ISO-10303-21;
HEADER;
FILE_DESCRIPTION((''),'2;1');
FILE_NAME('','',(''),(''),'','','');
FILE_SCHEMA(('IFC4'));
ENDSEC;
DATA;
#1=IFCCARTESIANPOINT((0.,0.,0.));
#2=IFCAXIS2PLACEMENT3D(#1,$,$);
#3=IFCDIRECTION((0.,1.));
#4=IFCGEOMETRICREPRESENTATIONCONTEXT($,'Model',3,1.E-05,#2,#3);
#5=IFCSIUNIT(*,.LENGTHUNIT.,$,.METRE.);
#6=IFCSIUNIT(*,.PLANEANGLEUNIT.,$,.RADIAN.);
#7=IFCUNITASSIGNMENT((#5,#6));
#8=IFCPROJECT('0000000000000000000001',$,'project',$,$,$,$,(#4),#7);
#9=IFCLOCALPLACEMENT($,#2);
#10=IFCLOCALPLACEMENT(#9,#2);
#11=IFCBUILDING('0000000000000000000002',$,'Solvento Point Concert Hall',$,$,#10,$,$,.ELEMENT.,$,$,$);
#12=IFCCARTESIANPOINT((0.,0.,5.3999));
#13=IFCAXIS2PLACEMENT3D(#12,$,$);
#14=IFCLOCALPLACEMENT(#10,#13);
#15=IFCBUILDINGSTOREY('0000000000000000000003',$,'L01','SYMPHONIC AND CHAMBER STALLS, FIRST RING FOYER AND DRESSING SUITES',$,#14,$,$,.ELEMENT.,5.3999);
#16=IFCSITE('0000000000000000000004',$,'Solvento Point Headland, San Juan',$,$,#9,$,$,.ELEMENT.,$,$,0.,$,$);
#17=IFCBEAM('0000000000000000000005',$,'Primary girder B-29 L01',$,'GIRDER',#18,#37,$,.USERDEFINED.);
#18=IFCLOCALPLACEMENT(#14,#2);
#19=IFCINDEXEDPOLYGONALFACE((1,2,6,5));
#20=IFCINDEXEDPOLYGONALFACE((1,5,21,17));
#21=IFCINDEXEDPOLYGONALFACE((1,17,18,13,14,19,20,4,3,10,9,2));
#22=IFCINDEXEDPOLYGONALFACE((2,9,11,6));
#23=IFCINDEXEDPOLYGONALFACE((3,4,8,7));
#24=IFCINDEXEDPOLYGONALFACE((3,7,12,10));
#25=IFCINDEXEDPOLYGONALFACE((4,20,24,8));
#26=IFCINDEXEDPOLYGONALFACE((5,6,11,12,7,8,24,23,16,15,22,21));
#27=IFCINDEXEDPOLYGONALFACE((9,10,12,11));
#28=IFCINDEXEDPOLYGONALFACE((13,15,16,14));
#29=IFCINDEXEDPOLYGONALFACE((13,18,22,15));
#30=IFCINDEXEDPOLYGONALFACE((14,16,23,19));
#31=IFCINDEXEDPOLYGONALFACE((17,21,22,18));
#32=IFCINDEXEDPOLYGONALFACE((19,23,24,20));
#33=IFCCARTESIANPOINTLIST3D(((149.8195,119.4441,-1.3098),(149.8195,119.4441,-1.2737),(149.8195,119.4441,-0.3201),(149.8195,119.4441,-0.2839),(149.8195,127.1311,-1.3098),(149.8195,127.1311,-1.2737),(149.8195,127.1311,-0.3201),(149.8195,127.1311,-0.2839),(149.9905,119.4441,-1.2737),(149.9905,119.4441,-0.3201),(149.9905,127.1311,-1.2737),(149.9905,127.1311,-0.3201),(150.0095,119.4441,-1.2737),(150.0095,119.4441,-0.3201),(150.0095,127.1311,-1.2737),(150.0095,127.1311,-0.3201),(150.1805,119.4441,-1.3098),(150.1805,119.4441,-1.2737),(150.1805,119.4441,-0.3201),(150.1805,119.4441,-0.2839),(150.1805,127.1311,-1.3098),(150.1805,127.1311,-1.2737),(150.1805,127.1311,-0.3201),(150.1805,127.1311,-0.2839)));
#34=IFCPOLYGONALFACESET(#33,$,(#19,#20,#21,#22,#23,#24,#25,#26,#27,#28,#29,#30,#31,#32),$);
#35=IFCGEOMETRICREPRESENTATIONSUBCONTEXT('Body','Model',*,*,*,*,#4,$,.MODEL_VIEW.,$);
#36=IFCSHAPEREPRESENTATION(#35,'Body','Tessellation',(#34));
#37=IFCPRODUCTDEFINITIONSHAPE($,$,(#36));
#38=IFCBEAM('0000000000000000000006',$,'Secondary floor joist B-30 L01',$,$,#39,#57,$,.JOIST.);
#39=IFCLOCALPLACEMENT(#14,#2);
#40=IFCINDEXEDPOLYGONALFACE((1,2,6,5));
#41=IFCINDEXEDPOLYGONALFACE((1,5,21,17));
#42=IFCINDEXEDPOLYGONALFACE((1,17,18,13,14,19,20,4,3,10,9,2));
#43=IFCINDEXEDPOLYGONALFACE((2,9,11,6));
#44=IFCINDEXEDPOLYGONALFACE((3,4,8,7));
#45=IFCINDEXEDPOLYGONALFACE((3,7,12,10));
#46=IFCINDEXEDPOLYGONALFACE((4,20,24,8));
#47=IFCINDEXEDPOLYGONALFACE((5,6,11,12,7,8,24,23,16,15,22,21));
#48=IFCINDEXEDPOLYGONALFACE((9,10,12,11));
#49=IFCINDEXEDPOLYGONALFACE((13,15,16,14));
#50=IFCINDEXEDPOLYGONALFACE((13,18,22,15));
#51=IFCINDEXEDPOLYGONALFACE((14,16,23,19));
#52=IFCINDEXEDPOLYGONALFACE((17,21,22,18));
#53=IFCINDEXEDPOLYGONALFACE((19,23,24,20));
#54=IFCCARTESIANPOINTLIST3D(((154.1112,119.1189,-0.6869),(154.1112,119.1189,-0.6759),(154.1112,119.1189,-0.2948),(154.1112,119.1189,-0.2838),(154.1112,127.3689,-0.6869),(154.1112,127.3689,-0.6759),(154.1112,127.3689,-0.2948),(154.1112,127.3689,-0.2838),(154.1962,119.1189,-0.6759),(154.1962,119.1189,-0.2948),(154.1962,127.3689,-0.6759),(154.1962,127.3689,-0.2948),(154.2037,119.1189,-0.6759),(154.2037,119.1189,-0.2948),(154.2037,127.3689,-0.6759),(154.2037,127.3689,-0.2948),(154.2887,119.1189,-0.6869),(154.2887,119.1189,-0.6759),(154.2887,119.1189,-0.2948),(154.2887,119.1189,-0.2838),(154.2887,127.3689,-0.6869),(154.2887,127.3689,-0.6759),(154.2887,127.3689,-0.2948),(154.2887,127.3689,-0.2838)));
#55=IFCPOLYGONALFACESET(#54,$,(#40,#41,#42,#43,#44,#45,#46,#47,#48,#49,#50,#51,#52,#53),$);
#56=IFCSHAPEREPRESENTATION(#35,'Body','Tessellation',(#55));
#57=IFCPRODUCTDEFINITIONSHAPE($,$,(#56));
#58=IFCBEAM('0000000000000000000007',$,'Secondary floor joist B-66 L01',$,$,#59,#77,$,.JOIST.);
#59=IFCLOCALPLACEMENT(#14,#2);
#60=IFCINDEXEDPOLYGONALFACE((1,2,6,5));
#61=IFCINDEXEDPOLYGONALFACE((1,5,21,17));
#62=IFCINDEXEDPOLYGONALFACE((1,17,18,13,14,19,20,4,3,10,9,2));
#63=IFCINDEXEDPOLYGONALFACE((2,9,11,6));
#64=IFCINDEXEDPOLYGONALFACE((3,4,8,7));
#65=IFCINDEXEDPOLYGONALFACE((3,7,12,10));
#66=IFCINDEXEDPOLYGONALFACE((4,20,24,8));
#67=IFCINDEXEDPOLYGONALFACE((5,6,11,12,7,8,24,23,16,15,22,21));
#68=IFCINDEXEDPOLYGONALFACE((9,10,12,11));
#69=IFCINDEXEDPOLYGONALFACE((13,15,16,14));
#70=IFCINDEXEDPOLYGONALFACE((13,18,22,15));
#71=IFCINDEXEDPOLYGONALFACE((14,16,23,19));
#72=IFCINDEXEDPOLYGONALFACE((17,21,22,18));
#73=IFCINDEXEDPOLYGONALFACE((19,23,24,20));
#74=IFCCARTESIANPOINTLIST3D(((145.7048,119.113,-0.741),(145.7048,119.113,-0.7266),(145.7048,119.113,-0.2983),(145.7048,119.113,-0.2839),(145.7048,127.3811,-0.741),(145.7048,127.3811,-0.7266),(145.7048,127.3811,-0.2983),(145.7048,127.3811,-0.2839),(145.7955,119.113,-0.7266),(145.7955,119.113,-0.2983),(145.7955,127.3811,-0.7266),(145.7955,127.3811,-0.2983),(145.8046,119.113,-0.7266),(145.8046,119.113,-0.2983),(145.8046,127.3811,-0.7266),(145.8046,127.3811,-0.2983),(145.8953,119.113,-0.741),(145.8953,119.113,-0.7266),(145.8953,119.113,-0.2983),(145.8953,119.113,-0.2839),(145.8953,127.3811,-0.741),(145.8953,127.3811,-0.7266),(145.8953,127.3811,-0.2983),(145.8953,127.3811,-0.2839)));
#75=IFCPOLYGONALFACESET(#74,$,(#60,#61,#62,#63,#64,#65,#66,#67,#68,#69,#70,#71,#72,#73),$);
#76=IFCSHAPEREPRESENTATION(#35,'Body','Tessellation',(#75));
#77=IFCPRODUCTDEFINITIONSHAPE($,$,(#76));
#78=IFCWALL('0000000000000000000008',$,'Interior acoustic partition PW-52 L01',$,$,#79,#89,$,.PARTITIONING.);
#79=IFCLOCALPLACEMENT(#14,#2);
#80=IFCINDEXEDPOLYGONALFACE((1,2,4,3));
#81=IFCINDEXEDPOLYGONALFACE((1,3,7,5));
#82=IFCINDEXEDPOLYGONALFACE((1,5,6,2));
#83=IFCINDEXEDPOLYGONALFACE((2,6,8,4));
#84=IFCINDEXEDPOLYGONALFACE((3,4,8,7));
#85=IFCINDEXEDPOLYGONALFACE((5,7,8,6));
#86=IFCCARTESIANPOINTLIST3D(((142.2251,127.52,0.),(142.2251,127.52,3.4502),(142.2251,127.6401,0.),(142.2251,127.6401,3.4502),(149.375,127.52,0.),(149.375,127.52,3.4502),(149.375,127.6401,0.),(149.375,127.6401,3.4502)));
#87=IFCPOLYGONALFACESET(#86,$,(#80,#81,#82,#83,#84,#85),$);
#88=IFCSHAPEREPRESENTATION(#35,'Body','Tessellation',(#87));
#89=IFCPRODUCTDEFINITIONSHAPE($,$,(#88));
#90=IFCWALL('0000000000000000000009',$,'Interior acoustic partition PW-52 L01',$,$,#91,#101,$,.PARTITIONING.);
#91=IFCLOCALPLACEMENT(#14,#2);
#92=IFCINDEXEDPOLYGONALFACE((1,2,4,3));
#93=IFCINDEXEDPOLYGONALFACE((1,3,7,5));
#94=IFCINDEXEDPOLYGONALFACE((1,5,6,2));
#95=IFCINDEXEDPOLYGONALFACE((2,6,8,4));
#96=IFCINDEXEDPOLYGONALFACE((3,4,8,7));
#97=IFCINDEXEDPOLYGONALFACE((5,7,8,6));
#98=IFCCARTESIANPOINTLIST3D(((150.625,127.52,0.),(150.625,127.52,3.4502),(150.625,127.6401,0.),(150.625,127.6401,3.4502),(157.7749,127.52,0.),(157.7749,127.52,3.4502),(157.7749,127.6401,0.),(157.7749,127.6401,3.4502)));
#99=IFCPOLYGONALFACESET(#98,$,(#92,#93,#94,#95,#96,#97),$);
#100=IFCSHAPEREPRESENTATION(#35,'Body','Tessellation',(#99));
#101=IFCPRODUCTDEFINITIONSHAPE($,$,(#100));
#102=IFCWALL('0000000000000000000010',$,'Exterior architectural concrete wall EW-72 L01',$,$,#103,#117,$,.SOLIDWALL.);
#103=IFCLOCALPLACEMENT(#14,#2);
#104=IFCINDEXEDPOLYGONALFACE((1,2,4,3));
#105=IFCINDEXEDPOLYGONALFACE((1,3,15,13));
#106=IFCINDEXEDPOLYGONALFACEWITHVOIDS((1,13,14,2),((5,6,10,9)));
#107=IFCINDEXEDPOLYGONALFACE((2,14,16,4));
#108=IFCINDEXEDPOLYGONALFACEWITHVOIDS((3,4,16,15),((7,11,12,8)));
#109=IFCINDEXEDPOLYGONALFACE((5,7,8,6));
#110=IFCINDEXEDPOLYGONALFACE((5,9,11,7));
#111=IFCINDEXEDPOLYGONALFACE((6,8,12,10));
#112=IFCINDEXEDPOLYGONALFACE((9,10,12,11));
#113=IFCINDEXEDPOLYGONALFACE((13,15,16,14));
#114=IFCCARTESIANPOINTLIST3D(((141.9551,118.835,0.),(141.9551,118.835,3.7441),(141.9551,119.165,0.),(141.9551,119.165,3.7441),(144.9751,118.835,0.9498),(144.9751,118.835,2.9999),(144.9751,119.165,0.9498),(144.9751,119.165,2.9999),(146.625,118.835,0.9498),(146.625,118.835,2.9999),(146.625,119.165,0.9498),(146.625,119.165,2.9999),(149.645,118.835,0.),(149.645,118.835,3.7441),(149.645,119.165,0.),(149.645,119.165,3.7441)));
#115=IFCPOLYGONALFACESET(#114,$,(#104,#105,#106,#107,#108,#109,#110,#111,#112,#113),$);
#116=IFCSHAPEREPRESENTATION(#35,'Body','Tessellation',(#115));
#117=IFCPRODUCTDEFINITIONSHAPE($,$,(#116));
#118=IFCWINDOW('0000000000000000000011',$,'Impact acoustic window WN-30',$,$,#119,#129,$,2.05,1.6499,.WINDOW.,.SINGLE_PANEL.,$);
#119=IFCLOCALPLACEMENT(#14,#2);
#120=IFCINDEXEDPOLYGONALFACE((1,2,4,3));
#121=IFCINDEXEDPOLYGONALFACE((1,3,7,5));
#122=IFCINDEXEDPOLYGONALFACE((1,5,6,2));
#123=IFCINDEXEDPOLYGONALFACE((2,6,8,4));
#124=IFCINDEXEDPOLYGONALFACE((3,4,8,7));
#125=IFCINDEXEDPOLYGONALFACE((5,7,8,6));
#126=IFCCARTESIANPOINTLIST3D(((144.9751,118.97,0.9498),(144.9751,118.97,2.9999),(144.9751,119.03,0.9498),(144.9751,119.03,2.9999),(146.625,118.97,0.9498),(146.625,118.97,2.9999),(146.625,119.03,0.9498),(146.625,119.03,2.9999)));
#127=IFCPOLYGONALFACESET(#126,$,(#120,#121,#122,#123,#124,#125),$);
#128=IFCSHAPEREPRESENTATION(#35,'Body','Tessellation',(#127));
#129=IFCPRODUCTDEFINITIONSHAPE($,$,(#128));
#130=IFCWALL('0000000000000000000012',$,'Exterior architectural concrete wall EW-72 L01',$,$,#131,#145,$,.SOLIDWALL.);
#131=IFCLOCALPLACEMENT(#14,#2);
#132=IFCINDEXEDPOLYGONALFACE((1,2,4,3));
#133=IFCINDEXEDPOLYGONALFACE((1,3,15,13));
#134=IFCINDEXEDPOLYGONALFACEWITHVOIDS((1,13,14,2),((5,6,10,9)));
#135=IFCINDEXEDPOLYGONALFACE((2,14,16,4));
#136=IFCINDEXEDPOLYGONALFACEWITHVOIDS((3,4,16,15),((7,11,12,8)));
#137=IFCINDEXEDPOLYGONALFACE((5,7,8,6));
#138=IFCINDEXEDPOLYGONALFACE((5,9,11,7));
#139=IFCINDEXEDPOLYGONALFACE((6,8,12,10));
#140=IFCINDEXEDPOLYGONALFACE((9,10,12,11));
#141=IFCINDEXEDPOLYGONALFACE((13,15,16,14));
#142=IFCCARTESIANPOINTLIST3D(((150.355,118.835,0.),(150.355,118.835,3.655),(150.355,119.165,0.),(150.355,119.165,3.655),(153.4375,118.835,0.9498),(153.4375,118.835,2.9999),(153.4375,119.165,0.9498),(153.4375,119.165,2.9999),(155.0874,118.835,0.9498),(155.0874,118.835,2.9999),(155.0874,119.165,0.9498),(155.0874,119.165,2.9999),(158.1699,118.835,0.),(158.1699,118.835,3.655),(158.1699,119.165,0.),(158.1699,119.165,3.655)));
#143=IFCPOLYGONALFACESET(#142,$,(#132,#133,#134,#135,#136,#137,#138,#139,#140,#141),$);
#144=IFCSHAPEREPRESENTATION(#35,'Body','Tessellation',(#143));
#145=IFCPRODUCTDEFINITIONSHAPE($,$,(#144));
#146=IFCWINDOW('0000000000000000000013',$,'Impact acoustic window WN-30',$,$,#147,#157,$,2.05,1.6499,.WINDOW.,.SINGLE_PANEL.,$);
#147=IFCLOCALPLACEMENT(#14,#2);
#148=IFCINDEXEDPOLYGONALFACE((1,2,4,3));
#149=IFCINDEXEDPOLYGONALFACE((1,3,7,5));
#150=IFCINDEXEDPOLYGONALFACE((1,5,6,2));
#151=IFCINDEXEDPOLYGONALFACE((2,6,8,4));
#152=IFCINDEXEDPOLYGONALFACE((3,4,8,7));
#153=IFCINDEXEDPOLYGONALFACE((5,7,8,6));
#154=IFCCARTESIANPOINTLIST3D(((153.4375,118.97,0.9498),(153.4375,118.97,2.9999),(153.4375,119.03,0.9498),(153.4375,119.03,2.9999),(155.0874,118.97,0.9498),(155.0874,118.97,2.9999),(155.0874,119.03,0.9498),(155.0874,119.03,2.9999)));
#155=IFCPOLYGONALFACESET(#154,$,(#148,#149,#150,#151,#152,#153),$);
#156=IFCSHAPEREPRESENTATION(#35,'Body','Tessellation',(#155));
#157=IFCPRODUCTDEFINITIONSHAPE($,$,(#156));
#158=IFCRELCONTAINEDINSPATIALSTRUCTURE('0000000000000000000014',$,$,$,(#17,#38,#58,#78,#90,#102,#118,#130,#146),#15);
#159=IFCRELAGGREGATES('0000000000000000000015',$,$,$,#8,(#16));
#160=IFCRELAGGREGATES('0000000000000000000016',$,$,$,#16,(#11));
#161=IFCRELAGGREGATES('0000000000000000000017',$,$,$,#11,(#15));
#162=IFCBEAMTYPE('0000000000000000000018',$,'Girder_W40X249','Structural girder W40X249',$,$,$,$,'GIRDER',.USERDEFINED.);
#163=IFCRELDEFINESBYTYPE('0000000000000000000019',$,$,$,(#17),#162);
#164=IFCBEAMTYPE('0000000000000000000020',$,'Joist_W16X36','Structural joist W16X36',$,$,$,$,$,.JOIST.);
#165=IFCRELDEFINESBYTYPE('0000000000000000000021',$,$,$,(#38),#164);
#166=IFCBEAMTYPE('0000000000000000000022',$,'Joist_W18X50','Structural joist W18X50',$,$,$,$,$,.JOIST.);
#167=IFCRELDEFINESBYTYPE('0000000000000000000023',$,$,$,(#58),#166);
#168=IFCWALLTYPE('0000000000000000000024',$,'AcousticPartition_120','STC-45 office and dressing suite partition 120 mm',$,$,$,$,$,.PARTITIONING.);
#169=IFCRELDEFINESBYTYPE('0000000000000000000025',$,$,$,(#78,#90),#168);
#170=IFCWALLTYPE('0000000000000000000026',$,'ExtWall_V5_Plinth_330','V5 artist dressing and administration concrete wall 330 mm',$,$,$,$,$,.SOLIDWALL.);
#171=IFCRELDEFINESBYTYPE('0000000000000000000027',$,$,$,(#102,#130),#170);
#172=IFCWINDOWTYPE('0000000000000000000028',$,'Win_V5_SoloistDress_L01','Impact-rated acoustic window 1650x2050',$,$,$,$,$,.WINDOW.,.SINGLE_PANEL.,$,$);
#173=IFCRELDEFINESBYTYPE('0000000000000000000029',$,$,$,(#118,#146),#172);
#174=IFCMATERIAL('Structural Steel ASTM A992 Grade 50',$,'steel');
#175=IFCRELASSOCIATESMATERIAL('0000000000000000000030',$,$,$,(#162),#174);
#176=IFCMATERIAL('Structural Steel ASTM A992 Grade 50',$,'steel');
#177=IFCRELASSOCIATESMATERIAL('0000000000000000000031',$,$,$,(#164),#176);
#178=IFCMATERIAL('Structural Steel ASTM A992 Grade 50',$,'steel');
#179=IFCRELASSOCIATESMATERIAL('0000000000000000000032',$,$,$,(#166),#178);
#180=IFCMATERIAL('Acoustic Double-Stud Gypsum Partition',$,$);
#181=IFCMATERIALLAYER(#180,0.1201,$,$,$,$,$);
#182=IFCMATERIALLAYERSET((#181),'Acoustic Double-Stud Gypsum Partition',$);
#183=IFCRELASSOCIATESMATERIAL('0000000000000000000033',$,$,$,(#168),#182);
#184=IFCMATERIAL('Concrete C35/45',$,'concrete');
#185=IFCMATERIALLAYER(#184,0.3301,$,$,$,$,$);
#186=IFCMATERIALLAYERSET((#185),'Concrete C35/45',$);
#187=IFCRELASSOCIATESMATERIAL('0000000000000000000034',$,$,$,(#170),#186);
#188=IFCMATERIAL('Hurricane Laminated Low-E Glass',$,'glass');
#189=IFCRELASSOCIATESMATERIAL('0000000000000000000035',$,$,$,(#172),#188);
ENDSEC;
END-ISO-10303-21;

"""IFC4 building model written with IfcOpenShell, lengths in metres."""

from ifc_helpers import new_model, si_unit, direction, frame, frame_2d, origin, origin_2d, place, context, subcontext, project, spatial, rectangle, i_section, extrude, material, layer, layer_set, material_profile, profile_set, type_object, element, fill, save


model = new_model("IFC4")

# Units and contexts
model_context = context("Model", 3, precision=1e-05, world=origin(), true_north=direction((0.0, 1.0)))
body_context = subcontext(model_context, "Body", "Model", "MODEL_VIEW")
ifc_project = project(units=[si_unit("LENGTHUNIT", "METRE"), si_unit("PLANEANGLEUNIT", "RADIAN")], contexts=[model_context])

# Site, building, storey
site_placement = place(None, origin())
site = spatial("IfcSite", under=ifc_project, at=site_placement, Name="Solvento Point Headland, San Juan", CompositionType="ELEMENT", RefElevation=0.0)
building_placement = place(site_placement, origin())
building = spatial("IfcBuilding", under=site, at=building_placement, Name="Solvento Point Concert Hall", CompositionType="ELEMENT")
storey_placement = place(building_placement, frame((0.0, 0.0, 5.3999)))
storey = spatial("IfcBuildingStorey", under=building, at=storey_placement, Name="L01", Description="SYMPHONIC AND CHAMBER STALLS, FIRST RING FOYER AND DRESSING SUITES", CompositionType="ELEMENT", Elevation=5.3999)

# Beams
ifc_material_1 = material(Name="Structural Steel ASTM A992 Grade 50", Category="steel")
ifc_material_profile_1 = material_profile(ifc_material_1, i_section(OverallWidth=0.3611, OverallDepth=1.0259, WebThickness=0.019, FlangeThickness=0.0361, at=origin_2d()), Name="W40X249")
ifc_profile_set_1 = profile_set([ifc_material_profile_1], Name="Structural Steel ASTM A992 Grade 50")
beam_type_1 = type_object("IfcBeamType", Name="Girder_W40X249", Description="Structural girder W40X249", ElementType="GIRDER", PredefinedType="USERDEFINED", material=ifc_profile_set_1)
beam_1_placement = place(storey_placement, frame((150.0, 119.4441, -0.7969), z_axis=(0.0, 1.0, 0.0), x_axis=(-1.0, 0.0, 0.0)))
element("IfcBeam", 1, at=beam_1_placement, inside=storey, type_object=beam_type_1, Name="Primary girder B-29 L01", ObjectType="GIRDER", PredefinedType="USERDEFINED", context=body_context, shape_type="SweptSolid", body=[
    extrude(i_section(OverallWidth=0.3611, OverallDepth=1.0259, WebThickness=0.019, FlangeThickness=0.0361, at=origin_2d()), origin(), (0.0, 0.0, 1.0), 7.687),
])
ifc_material_2 = material(Name="Structural Steel ASTM A992 Grade 50", Category="steel")
ifc_material_profile_2 = material_profile(ifc_material_2, i_section(OverallWidth=0.1775, OverallDepth=0.4031, WebThickness=0.0076, FlangeThickness=0.011, at=origin_2d()), Name="W16X36")
ifc_profile_set_2 = profile_set([ifc_material_profile_2], Name="Structural Steel ASTM A992 Grade 50")
beam_type_2 = type_object("IfcBeamType", Name="Joist_W16X36", Description="Structural joist W16X36", PredefinedType="JOIST", material=ifc_profile_set_2)
beam_2_placement = place(storey_placement, frame((154.2, 119.1189, -0.4854), z_axis=(0.0, 1.0, 0.0), x_axis=(-1.0, 0.0, 0.0)))
element("IfcBeam", 2, at=beam_2_placement, inside=storey, type_object=beam_type_2, Name="Secondary floor joist B-30 L01", PredefinedType="JOIST", context=body_context, shape_type="SweptSolid", body=[
    extrude(i_section(OverallWidth=0.1775, OverallDepth=0.4031, WebThickness=0.0076, FlangeThickness=0.011, at=origin_2d()), origin(), (0.0, 0.0, 1.0), 8.25),
])
ifc_material_3 = material(Name="Structural Steel ASTM A992 Grade 50", Category="steel")
ifc_material_profile_3 = material_profile(ifc_material_3, i_section(OverallWidth=0.1904, OverallDepth=0.457, WebThickness=0.009, FlangeThickness=0.0144, at=origin_2d()), Name="W18X50")
ifc_profile_set_3 = profile_set([ifc_material_profile_3], Name="Structural Steel ASTM A992 Grade 50")
beam_type_3 = type_object("IfcBeamType", Name="Joist_W18X50", Description="Structural joist W18X50", PredefinedType="JOIST", material=ifc_profile_set_3)
beam_3_placement = place(storey_placement, frame((145.8, 119.113, -0.5125), z_axis=(0.0, 1.0, 0.0), x_axis=(-1.0, 0.0, 0.0)))
element("IfcBeam", 3, at=beam_3_placement, inside=storey, type_object=beam_type_3, Name="Secondary floor joist B-66 L01", PredefinedType="JOIST", context=body_context, shape_type="SweptSolid", body=[
    extrude(i_section(OverallWidth=0.1904, OverallDepth=0.457, WebThickness=0.009, FlangeThickness=0.0144, at=origin_2d()), origin(), (0.0, 0.0, 1.0), 8.2681),
])

# Walls
ifc_material_4 = material(Name="Acoustic Double-Stud Gypsum Partition")
ifc_layer_1 = layer(ifc_material_4, 0.1201)
ifc_layer_set_1 = layer_set([ifc_layer_1], Name="Acoustic Double-Stud Gypsum Partition")
wall_type_1 = type_object("IfcWallType", Name="AcousticPartition_120", Description="STC-45 office and dressing suite partition 120 mm", PredefinedType="PARTITIONING", material=ifc_layer_set_1)
for number, where, z_axis, x_axis, name in (
    (4, (142.2251, 127.5801, 0.0), (0.0, 0.0, 1.0), (1.0, 0.0, 0.0), "Interior acoustic partition PW-52 L01"),
    (5, (150.625, 127.5801, 0.0), (0.0, 0.0, 1.0), (1.0, 0.0, 0.0), "Interior acoustic partition PW-52 L01"),
):
    element("IfcWall", number, at=place(storey_placement, frame(where, z_axis=z_axis, x_axis=x_axis)), inside=storey, type_object=wall_type_1, Name=name, PredefinedType="PARTITIONING", context=body_context, shape_type="SweptSolid", body=[
        extrude(rectangle(XDim=7.1499, YDim=0.1201, at=frame_2d((3.575, 0.0))), origin(), (0.0, 0.0, 1.0), 3.4502),
    ])

# Walls, openings, windows
ifc_material_5 = material(Name="Concrete C35/45", Category="concrete")
ifc_layer_2 = layer(ifc_material_5, 0.3301)
ifc_layer_set_2 = layer_set([ifc_layer_2], Name="Concrete C35/45")
wall_type_2 = type_object("IfcWallType", Name="ExtWall_V5_Plinth_330", Description="V5 artist dressing and administration concrete wall 330 mm", PredefinedType="SOLIDWALL", material=ifc_layer_set_2)
wall_1_placement = place(storey_placement, frame((149.645, 119.0, 0.0), z_axis=(0.0, 0.0, 1.0), x_axis=(-1.0, 0.0, 0.0)))
wall_1 = element("IfcWall", 6, at=wall_1_placement, inside=storey, type_object=wall_type_2, Name="Exterior architectural concrete wall EW-72 L01", PredefinedType="SOLIDWALL", context=body_context, shape_type="SweptSolid", body=[
    extrude(rectangle(XDim=7.6899, YDim=0.3301, at=frame_2d((3.845, 0.0))), origin(), (0.0, 0.0, 1.0), 3.7441),
])
opening_1_placement = place(wall_1_placement, frame((3.02, 0.0, 0.95)))
opening_1 = element("IfcOpeningElement", 7, at=opening_1_placement, cuts=wall_1, PredefinedType="OPENING", context=body_context, shape_type="SweptSolid", body=[
    extrude(rectangle(XDim=1.6499, YDim=2.05, at=frame_2d((0.825, 1.0249))), frame((0.0, 0.175, 0.0), z_axis=(0.0, -1.0, 0.0), x_axis=(1.0, 0.0, 0.0)), (0.0, 0.0, 1.0), 0.3501),
])
ifc_material_6 = material(Name="Hurricane Laminated Low-E Glass", Category="glass")
window_type = type_object("IfcWindowType", Name="Win_V5_SoloistDress_L01", Description="Impact-rated acoustic window 1650x2050", PartitioningType="SINGLE_PANEL", PredefinedType="WINDOW", material=ifc_material_6)
window_1_placement = place(opening_1_placement, origin())
window_1 = element("IfcWindow", 8, at=window_1_placement, inside=storey, type_object=window_type, Name="Impact acoustic window WN-30", OverallHeight=2.05, OverallWidth=1.6499, PartitioningType="SINGLE_PANEL", PredefinedType="WINDOW", context=body_context, shape_type="SweptSolid", body=[
    extrude(rectangle(XDim=1.6499, YDim=2.05, at=frame_2d((0.825, 1.0249))), frame((0.0, 0.03, 0.0), z_axis=(0.0, -1.0, 0.0), x_axis=(1.0, 0.0, 0.0)), (0.0, 0.0, 1.0), 0.0601),
])
fill(opening_1, window_1)
wall_2_placement = place(storey_placement, frame((158.1699, 119.0, 0.0), z_axis=(0.0, 0.0, 1.0), x_axis=(-1.0, 0.0, 0.0)))
wall_2 = element("IfcWall", 9, at=wall_2_placement, inside=storey, type_object=wall_type_2, Name="Exterior architectural concrete wall EW-72 L01", PredefinedType="SOLIDWALL", context=body_context, shape_type="SweptSolid", body=[
    extrude(rectangle(XDim=7.8149, YDim=0.3301, at=frame_2d((3.9075, 0.0))), origin(), (0.0, 0.0, 1.0), 3.655),
])
opening_2_placement = place(wall_2_placement, frame((3.0825, 0.0, 0.95)))
opening_2 = element("IfcOpeningElement", 10, at=opening_2_placement, cuts=wall_2, PredefinedType="OPENING", context=body_context, shape_type="SweptSolid", body=[
    extrude(rectangle(XDim=1.6499, YDim=2.05, at=frame_2d((0.825, 1.0249))), frame((0.0, 0.175, 0.0), z_axis=(0.0, -1.0, 0.0), x_axis=(1.0, 0.0, 0.0)), (0.0, 0.0, 1.0), 0.3501),
])
window_2_placement = place(opening_2_placement, origin())
window_2 = element("IfcWindow", 11, at=window_2_placement, inside=storey, type_object=window_type, Name="Impact acoustic window WN-30", OverallHeight=2.05, OverallWidth=1.6499, PartitioningType="SINGLE_PANEL", PredefinedType="WINDOW", context=body_context, shape_type="SweptSolid", body=[
    extrude(rectangle(XDim=1.6499, YDim=2.05, at=frame_2d((0.825, 1.0249))), frame((0.0, 0.03, 0.0), z_axis=(0.0, -1.0, 0.0), x_axis=(1.0, 0.0, 0.0)), (0.0, 0.0, 1.0), 0.0601),
])
fill(opening_2, window_2)

save(model, "model.ifc")
